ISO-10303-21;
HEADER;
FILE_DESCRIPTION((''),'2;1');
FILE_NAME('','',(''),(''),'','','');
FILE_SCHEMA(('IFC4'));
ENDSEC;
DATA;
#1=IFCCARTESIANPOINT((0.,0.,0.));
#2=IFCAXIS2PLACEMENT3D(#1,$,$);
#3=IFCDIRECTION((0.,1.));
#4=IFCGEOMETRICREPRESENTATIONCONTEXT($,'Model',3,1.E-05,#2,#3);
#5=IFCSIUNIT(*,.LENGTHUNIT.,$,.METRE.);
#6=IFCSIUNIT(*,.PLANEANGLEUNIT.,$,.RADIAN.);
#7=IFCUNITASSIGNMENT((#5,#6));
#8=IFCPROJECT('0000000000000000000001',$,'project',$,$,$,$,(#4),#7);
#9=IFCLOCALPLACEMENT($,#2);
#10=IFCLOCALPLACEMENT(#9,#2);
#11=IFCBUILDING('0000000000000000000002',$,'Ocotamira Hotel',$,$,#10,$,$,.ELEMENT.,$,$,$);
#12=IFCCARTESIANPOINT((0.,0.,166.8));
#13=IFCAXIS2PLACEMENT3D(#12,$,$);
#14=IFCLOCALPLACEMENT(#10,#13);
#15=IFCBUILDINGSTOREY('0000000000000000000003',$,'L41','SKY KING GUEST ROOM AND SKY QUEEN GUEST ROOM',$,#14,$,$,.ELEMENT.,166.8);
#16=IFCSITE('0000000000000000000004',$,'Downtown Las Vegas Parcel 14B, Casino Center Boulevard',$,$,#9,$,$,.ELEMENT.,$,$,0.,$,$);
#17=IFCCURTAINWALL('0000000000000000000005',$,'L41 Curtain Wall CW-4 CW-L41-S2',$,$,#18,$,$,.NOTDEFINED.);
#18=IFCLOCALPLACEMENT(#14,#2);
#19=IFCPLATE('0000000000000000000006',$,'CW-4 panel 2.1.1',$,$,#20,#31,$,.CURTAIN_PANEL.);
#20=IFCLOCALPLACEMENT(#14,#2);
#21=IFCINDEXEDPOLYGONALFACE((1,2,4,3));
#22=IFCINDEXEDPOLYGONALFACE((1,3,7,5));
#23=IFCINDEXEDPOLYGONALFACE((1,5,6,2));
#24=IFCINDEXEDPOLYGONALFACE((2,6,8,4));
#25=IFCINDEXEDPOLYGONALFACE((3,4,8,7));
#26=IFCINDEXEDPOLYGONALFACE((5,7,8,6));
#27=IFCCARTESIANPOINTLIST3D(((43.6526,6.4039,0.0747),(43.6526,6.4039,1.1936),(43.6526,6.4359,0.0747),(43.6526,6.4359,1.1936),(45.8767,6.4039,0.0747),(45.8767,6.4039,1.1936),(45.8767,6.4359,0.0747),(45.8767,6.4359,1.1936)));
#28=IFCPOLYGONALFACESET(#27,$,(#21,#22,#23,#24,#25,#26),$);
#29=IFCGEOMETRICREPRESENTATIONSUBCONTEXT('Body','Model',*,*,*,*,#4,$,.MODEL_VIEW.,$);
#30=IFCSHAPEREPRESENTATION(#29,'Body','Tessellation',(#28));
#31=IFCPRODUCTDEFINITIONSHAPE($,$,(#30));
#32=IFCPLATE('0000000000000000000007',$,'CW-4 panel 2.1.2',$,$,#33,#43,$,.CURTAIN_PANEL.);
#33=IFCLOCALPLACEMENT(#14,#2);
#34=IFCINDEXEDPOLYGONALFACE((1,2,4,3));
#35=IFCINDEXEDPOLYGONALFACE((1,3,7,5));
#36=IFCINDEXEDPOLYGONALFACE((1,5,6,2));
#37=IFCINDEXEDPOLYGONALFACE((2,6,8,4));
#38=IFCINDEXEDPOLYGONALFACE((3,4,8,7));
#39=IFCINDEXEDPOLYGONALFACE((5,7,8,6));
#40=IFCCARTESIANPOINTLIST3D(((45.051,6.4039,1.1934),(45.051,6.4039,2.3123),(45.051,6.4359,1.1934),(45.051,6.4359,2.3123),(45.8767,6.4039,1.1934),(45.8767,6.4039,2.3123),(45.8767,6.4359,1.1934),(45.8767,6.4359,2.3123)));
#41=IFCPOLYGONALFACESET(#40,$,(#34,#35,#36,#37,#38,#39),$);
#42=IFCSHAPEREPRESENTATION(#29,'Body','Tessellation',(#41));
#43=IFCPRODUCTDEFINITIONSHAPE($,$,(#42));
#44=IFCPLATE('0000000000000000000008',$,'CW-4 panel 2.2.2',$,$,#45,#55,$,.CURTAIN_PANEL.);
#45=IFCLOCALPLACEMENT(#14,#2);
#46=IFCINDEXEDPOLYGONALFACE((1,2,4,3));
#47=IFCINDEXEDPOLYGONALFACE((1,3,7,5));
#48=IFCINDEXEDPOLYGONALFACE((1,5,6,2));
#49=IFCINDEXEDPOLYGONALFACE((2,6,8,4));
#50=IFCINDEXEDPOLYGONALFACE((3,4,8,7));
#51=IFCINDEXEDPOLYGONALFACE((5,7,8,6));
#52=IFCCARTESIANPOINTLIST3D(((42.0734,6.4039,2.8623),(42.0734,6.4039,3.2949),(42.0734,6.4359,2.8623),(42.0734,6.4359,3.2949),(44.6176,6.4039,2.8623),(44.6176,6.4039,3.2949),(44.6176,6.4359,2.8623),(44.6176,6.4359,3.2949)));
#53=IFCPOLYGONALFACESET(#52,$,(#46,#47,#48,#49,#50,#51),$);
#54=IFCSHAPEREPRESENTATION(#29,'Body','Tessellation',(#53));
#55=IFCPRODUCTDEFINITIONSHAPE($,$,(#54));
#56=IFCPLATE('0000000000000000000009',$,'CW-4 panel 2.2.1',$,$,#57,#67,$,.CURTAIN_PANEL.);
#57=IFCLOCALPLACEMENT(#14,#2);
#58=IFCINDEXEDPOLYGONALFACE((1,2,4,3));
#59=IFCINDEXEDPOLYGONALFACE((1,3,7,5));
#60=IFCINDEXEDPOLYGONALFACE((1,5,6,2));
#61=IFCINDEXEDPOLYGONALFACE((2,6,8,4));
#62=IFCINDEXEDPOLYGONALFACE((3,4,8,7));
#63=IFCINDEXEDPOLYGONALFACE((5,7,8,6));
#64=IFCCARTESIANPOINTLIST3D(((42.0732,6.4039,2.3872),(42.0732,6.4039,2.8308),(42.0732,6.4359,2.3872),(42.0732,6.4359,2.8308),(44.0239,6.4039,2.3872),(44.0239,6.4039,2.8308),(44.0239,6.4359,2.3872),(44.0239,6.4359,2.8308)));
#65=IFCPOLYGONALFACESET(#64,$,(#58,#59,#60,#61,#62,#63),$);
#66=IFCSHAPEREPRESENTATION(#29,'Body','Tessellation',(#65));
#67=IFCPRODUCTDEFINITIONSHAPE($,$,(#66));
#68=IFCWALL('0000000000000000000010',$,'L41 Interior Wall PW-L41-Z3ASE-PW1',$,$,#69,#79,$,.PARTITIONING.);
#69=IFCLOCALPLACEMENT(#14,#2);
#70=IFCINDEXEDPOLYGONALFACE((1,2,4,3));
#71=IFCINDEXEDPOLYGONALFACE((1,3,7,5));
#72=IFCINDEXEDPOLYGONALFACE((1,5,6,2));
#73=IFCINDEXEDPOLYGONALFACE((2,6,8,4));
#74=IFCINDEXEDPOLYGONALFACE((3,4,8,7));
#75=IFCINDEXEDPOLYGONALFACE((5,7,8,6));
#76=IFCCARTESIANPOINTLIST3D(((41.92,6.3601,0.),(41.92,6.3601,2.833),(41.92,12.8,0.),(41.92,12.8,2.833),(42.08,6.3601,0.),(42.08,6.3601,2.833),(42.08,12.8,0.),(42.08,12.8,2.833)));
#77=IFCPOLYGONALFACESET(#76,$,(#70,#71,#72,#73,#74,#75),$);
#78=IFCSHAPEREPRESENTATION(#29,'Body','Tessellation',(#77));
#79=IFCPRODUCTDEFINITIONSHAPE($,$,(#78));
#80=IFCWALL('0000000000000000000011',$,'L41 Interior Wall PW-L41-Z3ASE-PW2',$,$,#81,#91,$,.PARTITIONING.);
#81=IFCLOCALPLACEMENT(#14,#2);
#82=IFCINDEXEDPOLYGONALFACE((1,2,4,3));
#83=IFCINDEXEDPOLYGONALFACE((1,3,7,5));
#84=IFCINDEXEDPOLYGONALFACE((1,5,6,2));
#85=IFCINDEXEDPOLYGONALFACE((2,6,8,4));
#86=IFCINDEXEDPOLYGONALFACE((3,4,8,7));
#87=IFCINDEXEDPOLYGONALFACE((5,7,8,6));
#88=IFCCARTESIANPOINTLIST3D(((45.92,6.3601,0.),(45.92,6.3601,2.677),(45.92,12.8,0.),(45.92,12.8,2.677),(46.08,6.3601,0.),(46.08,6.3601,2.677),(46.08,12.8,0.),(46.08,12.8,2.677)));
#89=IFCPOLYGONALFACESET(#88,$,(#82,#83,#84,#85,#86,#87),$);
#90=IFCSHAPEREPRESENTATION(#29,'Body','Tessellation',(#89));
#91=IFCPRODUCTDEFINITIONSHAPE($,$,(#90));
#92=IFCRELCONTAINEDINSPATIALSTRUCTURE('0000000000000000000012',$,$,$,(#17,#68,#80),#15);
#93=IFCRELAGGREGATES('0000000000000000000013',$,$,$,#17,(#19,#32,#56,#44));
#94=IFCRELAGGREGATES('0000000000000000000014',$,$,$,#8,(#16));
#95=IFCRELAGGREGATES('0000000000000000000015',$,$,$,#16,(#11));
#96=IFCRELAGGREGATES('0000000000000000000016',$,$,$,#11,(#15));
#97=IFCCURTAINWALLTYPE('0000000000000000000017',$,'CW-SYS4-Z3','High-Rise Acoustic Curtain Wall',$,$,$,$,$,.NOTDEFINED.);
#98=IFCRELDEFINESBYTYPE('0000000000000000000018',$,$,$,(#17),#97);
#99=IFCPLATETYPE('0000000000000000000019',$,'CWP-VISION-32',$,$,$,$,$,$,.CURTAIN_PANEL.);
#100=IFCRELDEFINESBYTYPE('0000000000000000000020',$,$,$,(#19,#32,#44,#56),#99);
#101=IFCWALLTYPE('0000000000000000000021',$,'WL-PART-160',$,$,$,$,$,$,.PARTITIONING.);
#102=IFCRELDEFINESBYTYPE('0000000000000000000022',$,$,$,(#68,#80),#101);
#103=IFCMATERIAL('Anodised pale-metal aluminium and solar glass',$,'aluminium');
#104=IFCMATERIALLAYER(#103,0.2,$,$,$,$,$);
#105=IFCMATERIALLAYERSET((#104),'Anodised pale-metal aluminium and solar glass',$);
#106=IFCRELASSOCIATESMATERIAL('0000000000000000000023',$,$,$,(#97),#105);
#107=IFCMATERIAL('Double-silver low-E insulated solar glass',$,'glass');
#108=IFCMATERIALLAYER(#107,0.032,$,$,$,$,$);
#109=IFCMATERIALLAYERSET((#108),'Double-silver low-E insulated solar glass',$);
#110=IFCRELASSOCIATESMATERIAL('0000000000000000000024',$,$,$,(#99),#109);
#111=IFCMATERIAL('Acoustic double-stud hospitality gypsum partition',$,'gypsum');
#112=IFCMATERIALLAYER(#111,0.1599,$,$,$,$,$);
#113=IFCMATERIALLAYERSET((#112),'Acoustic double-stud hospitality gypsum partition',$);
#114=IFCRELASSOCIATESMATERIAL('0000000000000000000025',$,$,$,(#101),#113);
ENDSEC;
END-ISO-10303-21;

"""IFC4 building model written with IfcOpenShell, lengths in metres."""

from ifc_helpers import new_model, si_unit, direction, frame, frame_2d, origin, origin_2d, place, context, subcontext, project, spatial, rectangle, extrude, source, transform, mapped, material, layer, layer_set, type_object, element, aggregate, save


model = new_model("IFC4")

# Units and contexts
model_context = context("Model", 3, precision=1e-05, world=origin(), true_north=direction((0.0, 1.0)))
body_context = subcontext(model_context, "Body", "Model", "MODEL_VIEW")
ifc_project = project(units=[si_unit("LENGTHUNIT", "METRE"), si_unit("PLANEANGLEUNIT", "RADIAN")], contexts=[model_context])

# Site, building, storey
site_placement = place(None, origin())
site = spatial("IfcSite", under=ifc_project, at=site_placement, Name="Downtown Las Vegas Parcel 14B, Casino Center Boulevard", CompositionType="ELEMENT", RefElevation=0.0)
building_placement = place(site_placement, origin())
building = spatial("IfcBuilding", under=site, at=building_placement, Name="Ocotamira Hotel", CompositionType="ELEMENT")
storey_placement = place(building_placement, frame((0.0, 0.0, 166.8)))
storey = spatial("IfcBuildingStorey", under=building, at=storey_placement, Name="L41", Description="SKY KING GUEST ROOM AND SKY QUEEN GUEST ROOM", CompositionType="ELEMENT", Elevation=166.8)

# Curtain wall
ifc_material_1 = material(Name="Anodised pale-metal aluminium and solar glass", Category="aluminium")
ifc_layer_1 = layer(ifc_material_1, 0.2)
ifc_layer_set_1 = layer_set([ifc_layer_1], Name="Anodised pale-metal aluminium and solar glass")
curtain_wall_type = type_object("IfcCurtainWallType", Name="CW-SYS4-Z3", Description="High-Rise Acoustic Curtain Wall", PredefinedType="NOTDEFINED", material=ifc_layer_set_1)
curtain_wall_placement = place(storey_placement, origin())
curtain_wall = element("IfcCurtainWall", 1, at=curtain_wall_placement, inside=storey, type_object=curtain_wall_type, Name="L41 Curtain Wall CW-4 CW-L41-S2", PredefinedType="NOTDEFINED")

# Plates
ifc_material_2 = material(Name="Double-silver low-E insulated solar glass", Category="glass")
ifc_layer_2 = layer(ifc_material_2, 0.032)
ifc_layer_set_2 = layer_set([ifc_layer_2], Name="Double-silver low-E insulated solar glass")
plate_type_1 = type_object("IfcPlateType", Name="CWP-VISION-32", PredefinedType="CURTAIN_PANEL", material=ifc_layer_set_2)
shared_shape_1 = source(origin(), body_context, "Body", "SweptSolid", [
    extrude(rectangle(XDim=2.2241, YDim=0.032, at=origin_2d()), origin(), (0.0, 0.0, 1.0), 1.1189),
])
plate_1_placement = place(storey_placement, frame((44.7646, 6.4199, 0.0747), z_axis=(0.0, 0.0, 1.0), x_axis=(1.0, 0.0, 0.0)))
plate_1 = element("IfcPlate", 2, at=plate_1_placement, type_object=plate_type_1, Name="CW-4 panel 2.1.1", PredefinedType="CURTAIN_PANEL", context=body_context, shape_type="MappedRepresentation", body=[
    mapped(shared_shape_1, transform((0.0, 0.0, 0.0), scale=1.0)),
])
shared_shape_2 = source(origin(), body_context, "Body", "SweptSolid", [
    extrude(rectangle(XDim=0.8257, YDim=0.032, at=origin_2d()), origin(), (0.0, 0.0, 1.0), 1.1189),
])
plate_2_placement = place(storey_placement, frame((45.4639, 6.4199, 1.1934), z_axis=(0.0, 0.0, 1.0), x_axis=(1.0, 0.0, 0.0)))
plate_2 = element("IfcPlate", 3, at=plate_2_placement, type_object=plate_type_1, Name="CW-4 panel 2.1.2", PredefinedType="CURTAIN_PANEL", context=body_context, shape_type="MappedRepresentation", body=[
    mapped(shared_shape_2, transform((0.0, 0.0, 0.0), scale=1.0)),
])
shared_shape_3 = source(origin(), body_context, "Body", "SweptSolid", [
    extrude(rectangle(XDim=2.5442, YDim=0.032, at=origin_2d()), origin(), (0.0, 0.0, 1.0), 0.4326),
])
plate_3_placement = place(storey_placement, frame((43.3455, 6.4199, 2.8623), z_axis=(0.0, 0.0, 1.0), x_axis=(1.0, 0.0, 0.0)))
plate_3 = element("IfcPlate", 4, at=plate_3_placement, type_object=plate_type_1, Name="CW-4 panel 2.2.2", PredefinedType="CURTAIN_PANEL", context=body_context, shape_type="MappedRepresentation", body=[
    mapped(shared_shape_3, transform((0.0, 0.0, 0.0), scale=1.0)),
])
shared_shape_4 = source(origin(), body_context, "Body", "SweptSolid", [
    extrude(rectangle(XDim=1.9507, YDim=0.032, at=origin_2d()), origin(), (0.0, 0.0, 1.0), 0.4436),
])
plate_4_placement = place(storey_placement, frame((43.0486, 6.4199, 2.3872), z_axis=(0.0, 0.0, 1.0), x_axis=(1.0, 0.0, 0.0)))
plate_4 = element("IfcPlate", 5, at=plate_4_placement, type_object=plate_type_1, Name="CW-4 panel 2.2.1", PredefinedType="CURTAIN_PANEL", context=body_context, shape_type="MappedRepresentation", body=[
    mapped(shared_shape_4, transform((0.0, 0.0, 0.0), scale=1.0)),
])
aggregate(curtain_wall, [plate_1, plate_2, plate_4, plate_3])

# Walls
ifc_material_3 = material(Name="Acoustic double-stud hospitality gypsum partition", Category="gypsum")
ifc_layer_3 = layer(ifc_material_3, 0.1599)
ifc_layer_set_3 = layer_set([ifc_layer_3], Name="Acoustic double-stud hospitality gypsum partition")
wall_type = type_object("IfcWallType", Name="WL-PART-160", PredefinedType="PARTITIONING", material=ifc_layer_set_3)
wall_1_placement = place(storey_placement, frame((42.0, 6.3601, 0.0), z_axis=(0.0, 0.0, 1.0), x_axis=(0.0, 1.0, 0.0)))
element("IfcWall", 6, at=wall_1_placement, inside=storey, type_object=wall_type, Name="L41 Interior Wall PW-L41-Z3ASE-PW1", PredefinedType="PARTITIONING", context=body_context, shape_type="SweptSolid", body=[
    extrude(rectangle(XDim=6.4399, YDim=0.1599, at=frame_2d((3.22, 0.0))), origin(), (0.0, 0.0, 1.0), 2.833),
])
wall_2_placement = place(storey_placement, frame((46.0, 6.3601, 0.0), z_axis=(0.0, 0.0, 1.0), x_axis=(0.0, 1.0, 0.0)))
element("IfcWall", 7, at=wall_2_placement, inside=storey, type_object=wall_type, Name="L41 Interior Wall PW-L41-Z3ASE-PW2", PredefinedType="PARTITIONING", context=body_context, shape_type="SweptSolid", body=[
    extrude(rectangle(XDim=6.4399, YDim=0.1599, at=frame_2d((3.22, 0.0))), origin(), (0.0, 0.0, 1.0), 2.677),
])

save(model, "model.ifc")
